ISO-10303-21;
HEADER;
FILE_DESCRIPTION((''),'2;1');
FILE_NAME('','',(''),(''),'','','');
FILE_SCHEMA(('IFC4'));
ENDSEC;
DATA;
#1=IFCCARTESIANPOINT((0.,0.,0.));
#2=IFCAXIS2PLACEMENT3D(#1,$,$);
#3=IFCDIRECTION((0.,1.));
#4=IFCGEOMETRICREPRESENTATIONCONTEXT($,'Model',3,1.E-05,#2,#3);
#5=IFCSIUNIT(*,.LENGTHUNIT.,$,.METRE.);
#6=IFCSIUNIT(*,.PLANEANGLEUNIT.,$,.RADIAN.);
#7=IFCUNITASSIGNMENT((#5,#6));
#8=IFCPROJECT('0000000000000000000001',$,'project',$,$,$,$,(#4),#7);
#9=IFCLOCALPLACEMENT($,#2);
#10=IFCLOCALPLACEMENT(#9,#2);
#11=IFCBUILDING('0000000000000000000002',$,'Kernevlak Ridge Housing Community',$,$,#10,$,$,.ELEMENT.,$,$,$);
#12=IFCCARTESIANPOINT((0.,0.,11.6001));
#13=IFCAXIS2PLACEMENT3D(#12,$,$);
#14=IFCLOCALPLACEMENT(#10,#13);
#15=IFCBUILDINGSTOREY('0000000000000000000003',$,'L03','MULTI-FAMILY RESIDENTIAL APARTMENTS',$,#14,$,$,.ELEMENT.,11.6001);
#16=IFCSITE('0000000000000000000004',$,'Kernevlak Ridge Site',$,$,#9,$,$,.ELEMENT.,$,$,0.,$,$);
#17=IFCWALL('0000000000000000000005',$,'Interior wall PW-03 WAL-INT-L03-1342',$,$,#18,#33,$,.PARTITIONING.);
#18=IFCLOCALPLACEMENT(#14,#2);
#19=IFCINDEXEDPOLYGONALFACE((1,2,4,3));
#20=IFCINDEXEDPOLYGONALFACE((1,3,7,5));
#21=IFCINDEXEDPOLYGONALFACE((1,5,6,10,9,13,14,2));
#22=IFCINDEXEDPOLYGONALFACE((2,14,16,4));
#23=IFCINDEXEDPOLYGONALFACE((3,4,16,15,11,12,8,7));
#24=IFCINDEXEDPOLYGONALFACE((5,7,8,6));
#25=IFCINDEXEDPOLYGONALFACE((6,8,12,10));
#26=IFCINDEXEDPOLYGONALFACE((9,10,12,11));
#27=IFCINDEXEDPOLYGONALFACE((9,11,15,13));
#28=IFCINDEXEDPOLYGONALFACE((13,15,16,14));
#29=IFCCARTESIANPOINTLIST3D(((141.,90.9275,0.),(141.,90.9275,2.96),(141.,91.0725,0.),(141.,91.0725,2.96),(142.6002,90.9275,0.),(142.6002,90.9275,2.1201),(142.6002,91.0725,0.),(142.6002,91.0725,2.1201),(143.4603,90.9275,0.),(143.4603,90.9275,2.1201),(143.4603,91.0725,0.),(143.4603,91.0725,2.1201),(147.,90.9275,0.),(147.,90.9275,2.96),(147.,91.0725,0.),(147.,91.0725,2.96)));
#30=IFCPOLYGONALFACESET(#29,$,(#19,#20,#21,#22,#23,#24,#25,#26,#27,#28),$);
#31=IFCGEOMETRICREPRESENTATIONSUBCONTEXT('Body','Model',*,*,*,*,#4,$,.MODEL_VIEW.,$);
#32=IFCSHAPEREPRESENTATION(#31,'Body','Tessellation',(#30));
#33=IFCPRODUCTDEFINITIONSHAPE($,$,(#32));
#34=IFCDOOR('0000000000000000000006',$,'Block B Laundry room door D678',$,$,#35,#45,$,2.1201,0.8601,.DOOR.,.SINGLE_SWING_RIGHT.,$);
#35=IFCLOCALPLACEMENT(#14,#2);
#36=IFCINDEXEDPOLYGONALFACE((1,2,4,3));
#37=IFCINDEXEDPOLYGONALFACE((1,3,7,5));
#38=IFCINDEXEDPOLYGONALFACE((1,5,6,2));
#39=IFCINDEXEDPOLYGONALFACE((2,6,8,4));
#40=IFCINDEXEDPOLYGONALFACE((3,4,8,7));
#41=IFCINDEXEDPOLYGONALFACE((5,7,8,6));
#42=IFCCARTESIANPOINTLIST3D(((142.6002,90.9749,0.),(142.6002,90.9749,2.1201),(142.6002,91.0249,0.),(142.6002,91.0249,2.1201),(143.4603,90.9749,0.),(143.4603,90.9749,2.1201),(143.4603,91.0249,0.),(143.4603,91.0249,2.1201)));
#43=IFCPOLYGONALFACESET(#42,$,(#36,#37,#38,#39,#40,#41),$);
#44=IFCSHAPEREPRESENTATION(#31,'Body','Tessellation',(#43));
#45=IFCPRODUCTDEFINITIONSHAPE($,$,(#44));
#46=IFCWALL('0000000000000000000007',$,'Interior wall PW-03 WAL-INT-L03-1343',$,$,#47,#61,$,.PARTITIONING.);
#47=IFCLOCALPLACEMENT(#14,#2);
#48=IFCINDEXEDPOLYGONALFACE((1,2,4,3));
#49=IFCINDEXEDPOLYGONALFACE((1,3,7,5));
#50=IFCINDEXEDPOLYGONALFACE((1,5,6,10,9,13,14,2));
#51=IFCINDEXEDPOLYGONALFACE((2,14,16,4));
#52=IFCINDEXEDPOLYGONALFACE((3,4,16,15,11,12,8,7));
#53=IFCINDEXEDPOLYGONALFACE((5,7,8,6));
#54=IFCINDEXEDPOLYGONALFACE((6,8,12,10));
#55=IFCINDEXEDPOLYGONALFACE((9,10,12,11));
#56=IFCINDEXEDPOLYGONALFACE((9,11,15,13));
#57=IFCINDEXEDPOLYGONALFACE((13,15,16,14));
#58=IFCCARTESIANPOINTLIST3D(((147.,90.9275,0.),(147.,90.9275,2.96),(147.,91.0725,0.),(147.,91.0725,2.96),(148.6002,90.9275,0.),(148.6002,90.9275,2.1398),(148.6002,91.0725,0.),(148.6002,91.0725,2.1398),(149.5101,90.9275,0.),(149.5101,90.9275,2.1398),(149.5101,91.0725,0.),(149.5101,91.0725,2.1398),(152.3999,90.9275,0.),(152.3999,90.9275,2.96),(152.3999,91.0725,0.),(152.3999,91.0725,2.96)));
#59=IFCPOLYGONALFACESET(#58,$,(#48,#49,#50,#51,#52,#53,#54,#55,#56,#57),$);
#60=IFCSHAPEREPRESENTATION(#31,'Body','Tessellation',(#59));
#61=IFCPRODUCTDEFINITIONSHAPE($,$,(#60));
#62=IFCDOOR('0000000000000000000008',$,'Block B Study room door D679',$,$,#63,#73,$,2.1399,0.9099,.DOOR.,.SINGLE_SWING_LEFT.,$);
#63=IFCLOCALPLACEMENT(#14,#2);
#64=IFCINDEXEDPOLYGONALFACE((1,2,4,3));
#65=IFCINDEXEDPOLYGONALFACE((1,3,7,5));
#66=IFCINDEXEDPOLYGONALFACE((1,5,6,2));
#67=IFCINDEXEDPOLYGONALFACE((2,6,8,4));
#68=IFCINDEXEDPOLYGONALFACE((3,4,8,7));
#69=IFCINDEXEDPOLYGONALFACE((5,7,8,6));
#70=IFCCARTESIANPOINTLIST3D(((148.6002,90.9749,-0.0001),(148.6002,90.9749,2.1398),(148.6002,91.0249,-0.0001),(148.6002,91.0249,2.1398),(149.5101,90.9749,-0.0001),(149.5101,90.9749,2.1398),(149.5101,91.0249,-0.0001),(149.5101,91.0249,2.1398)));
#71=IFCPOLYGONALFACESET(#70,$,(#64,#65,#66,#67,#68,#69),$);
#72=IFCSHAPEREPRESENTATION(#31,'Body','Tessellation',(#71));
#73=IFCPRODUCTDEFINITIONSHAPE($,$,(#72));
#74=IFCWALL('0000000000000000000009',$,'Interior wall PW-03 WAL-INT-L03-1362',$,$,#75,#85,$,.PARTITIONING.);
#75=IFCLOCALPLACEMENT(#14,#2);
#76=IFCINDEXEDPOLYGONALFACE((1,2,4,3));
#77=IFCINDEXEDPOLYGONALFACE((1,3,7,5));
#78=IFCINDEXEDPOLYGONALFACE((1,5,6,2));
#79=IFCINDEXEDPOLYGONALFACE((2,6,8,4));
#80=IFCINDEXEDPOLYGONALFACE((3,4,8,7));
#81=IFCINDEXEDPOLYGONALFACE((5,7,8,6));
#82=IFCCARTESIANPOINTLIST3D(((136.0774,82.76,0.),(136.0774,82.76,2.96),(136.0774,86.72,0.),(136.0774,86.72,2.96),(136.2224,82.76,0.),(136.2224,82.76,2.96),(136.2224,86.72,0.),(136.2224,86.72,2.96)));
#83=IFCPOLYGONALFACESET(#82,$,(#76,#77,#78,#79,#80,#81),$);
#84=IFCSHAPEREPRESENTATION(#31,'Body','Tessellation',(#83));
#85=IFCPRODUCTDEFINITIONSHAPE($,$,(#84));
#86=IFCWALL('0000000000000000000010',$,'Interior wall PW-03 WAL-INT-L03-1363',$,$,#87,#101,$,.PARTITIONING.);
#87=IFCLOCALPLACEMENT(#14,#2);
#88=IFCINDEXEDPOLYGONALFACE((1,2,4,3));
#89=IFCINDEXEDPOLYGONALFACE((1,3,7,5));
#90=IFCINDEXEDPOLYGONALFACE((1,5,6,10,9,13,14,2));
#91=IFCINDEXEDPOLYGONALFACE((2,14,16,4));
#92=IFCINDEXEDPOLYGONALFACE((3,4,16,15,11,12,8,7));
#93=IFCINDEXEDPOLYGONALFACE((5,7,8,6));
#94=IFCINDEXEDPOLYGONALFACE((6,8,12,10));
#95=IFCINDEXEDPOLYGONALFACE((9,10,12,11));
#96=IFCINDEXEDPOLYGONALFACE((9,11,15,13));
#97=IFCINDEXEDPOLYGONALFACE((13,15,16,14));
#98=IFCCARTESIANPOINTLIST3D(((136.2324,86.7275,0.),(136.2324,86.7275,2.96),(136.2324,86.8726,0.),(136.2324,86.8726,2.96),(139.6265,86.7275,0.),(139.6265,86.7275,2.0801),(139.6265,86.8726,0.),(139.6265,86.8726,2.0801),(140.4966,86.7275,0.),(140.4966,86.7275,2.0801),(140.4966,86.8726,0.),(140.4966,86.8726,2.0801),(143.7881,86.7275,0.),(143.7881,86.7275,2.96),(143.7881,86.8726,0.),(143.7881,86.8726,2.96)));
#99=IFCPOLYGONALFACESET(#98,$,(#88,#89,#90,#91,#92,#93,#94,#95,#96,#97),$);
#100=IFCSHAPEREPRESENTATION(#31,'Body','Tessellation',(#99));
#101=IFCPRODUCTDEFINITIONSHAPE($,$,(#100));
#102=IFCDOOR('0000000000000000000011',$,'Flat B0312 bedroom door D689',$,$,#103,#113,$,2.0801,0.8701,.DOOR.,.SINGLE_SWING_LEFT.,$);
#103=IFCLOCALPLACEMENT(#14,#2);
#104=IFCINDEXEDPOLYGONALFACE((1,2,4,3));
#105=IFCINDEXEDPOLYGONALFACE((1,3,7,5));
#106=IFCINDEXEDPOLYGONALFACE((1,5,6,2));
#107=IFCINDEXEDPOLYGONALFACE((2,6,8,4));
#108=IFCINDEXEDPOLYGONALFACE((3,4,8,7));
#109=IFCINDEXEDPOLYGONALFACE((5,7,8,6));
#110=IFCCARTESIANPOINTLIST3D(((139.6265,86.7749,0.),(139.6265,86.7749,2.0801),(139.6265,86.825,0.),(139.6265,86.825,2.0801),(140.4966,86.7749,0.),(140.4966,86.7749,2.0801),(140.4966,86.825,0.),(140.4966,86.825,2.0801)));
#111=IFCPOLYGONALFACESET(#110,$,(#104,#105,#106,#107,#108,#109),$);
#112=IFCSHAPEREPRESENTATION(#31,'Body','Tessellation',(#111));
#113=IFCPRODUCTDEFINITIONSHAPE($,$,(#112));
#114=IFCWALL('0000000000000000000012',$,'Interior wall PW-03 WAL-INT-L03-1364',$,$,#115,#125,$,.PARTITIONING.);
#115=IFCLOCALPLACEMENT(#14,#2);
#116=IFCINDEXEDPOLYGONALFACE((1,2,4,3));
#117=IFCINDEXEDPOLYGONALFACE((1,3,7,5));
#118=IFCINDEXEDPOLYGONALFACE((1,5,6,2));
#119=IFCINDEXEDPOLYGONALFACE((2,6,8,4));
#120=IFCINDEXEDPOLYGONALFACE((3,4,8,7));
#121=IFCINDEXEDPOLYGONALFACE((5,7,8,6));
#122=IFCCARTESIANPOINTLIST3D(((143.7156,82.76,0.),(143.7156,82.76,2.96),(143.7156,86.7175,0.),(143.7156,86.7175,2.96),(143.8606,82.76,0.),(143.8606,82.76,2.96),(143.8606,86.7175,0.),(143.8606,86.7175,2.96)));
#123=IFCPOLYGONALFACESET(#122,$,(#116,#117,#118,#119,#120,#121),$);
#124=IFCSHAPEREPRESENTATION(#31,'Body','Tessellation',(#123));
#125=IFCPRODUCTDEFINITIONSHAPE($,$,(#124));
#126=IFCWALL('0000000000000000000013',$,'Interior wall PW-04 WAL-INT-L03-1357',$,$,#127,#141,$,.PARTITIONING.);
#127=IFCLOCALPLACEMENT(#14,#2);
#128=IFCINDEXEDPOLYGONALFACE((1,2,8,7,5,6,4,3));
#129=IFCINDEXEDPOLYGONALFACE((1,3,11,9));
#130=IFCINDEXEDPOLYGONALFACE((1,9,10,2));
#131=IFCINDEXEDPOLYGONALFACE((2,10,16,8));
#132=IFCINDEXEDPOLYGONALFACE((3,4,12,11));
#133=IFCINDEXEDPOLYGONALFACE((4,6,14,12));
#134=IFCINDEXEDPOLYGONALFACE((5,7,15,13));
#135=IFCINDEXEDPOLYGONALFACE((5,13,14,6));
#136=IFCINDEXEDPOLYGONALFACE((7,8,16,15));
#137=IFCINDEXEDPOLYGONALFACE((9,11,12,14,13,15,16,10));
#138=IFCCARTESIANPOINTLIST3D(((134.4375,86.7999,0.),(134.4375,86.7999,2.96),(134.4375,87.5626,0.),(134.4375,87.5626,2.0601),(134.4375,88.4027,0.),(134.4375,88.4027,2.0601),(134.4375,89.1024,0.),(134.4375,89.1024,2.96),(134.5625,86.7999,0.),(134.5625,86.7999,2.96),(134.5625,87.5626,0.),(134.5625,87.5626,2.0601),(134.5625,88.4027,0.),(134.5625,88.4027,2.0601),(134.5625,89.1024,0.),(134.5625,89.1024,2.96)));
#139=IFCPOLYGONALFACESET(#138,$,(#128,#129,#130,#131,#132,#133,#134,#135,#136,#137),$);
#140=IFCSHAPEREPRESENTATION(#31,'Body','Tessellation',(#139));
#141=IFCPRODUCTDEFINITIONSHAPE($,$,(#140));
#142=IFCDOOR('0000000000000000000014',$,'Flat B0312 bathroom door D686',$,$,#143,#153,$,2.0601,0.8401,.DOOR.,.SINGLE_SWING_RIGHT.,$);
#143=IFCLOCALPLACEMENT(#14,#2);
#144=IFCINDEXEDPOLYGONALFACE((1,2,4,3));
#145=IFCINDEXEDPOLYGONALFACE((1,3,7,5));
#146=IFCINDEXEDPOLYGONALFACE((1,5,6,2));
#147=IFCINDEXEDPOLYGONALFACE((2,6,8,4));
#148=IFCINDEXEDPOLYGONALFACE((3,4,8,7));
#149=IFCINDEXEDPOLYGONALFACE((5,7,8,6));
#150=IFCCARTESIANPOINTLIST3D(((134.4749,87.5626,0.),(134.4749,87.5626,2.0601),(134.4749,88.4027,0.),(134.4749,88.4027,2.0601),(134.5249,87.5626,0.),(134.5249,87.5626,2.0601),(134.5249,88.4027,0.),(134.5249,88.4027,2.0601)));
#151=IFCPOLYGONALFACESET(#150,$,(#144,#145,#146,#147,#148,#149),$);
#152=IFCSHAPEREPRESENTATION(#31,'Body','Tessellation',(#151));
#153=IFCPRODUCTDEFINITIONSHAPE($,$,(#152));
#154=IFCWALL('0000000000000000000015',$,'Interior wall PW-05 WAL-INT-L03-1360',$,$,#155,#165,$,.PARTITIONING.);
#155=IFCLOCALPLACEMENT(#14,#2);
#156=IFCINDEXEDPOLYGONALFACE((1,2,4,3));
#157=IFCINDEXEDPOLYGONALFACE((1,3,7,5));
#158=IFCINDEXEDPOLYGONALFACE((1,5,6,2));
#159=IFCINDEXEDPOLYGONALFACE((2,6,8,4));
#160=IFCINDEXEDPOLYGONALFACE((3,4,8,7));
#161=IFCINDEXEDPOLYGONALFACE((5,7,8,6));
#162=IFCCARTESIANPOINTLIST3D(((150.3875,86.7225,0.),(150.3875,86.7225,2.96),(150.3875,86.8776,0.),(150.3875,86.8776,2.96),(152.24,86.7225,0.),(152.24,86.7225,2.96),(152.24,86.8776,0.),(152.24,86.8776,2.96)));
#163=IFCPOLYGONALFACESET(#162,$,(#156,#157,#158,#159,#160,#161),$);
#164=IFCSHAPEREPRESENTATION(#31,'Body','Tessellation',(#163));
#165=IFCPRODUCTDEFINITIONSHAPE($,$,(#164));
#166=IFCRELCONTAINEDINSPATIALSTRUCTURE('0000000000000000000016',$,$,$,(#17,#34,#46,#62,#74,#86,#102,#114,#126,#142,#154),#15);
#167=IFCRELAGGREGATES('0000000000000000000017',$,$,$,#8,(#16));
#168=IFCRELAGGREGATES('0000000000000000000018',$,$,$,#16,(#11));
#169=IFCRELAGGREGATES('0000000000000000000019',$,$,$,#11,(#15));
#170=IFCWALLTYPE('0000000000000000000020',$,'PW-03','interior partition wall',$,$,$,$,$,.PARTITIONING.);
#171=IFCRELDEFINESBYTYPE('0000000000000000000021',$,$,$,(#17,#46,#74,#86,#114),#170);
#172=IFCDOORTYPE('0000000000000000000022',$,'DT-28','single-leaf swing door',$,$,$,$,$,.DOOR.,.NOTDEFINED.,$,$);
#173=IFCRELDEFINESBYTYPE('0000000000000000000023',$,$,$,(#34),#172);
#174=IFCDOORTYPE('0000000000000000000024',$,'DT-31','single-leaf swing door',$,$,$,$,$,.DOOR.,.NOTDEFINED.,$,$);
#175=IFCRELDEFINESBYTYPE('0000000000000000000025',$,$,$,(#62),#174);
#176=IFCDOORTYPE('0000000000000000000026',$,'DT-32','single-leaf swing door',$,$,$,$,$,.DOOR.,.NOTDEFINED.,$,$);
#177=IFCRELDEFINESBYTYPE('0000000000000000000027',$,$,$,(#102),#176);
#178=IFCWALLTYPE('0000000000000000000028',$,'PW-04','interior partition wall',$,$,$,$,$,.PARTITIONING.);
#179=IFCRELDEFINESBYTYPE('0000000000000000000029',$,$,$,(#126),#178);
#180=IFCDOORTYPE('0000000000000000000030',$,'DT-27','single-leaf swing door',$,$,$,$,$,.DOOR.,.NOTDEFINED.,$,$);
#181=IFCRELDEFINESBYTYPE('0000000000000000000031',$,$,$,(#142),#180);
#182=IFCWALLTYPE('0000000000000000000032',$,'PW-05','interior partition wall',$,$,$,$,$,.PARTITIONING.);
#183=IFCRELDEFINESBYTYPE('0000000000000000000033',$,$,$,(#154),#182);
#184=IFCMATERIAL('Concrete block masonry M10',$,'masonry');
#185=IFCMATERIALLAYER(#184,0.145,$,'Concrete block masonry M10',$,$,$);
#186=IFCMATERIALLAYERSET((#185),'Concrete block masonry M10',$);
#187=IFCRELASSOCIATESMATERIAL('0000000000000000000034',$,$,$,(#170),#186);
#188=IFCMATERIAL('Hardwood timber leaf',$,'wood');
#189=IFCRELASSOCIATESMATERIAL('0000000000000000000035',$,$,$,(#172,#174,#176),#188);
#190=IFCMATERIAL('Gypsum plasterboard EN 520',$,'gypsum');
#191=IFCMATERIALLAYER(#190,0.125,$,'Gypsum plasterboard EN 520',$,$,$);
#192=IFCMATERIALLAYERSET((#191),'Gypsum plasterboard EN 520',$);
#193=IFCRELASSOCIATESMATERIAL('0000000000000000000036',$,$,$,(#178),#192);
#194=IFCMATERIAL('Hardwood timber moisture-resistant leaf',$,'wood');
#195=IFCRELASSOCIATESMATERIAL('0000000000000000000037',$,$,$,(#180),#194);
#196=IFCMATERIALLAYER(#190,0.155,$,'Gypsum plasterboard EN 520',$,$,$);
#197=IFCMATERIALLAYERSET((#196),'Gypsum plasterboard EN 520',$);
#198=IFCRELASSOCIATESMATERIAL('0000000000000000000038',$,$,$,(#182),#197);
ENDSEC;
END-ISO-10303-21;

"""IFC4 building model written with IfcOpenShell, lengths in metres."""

from ifc_helpers import new_model, si_unit, direction, frame, frame_2d, origin, place, context, subcontext, project, spatial, rectangle, extrude, material, layer, layer_set, type_object, element, fill, save


model = new_model("IFC4")

# Units and contexts
model_context = context("Model", 3, precision=1e-05, world=origin(), true_north=direction((0.0, 1.0)))
body_context = subcontext(model_context, "Body", "Model", "MODEL_VIEW")
ifc_project = project(units=[si_unit("LENGTHUNIT", "METRE"), si_unit("PLANEANGLEUNIT", "RADIAN")], contexts=[model_context])

# Site, building, storey
site_placement = place(None, origin())
site = spatial("IfcSite", under=ifc_project, at=site_placement, Name="Kernevlak Ridge Site", CompositionType="ELEMENT", RefElevation=0.0)
building_placement = place(site_placement, origin())
building = spatial("IfcBuilding", under=site, at=building_placement, Name="Kernevlak Ridge Housing Community", CompositionType="ELEMENT")
storey_placement = place(building_placement, frame((0.0, 0.0, 11.6001)))
storey = spatial("IfcBuildingStorey", under=building, at=storey_placement, Name="L03", Description="MULTI-FAMILY RESIDENTIAL APARTMENTS", CompositionType="ELEMENT", Elevation=11.6001)

# Shared definitions
ifc_material_1 = material(Name="Concrete block masonry M10", Category="masonry")

# Walls, openings, doors
ifc_layer_1 = layer(ifc_material_1, 0.145, Name="Concrete block masonry M10")
ifc_layer_set_1 = layer_set([ifc_layer_1], Name="Concrete block masonry M10")
wall_type_1 = type_object("IfcWallType", Name="PW-03", Description="interior partition wall", PredefinedType="PARTITIONING", material=ifc_layer_set_1)
wall_1_placement = place(storey_placement, frame((141.0, 91.0, 0.0), z_axis=(0.0, 0.0, 1.0), x_axis=(1.0, 0.0, 0.0)))
wall_1 = element("IfcWall", 1, at=wall_1_placement, inside=storey, type_object=wall_type_1, Name="Interior wall PW-03 WAL-INT-L03-1342", PredefinedType="PARTITIONING", context=body_context, shape_type="SweptSolid", body=[
    extrude(rectangle(XDim=6.0, YDim=0.145, at=frame_2d((3.0, 0.0))), origin(), (0.0, 0.0, 1.0), 2.96),
])
opening_1_placement = place(wall_1_placement, frame((1.6001, 0.0, 0.0)))
opening_1 = element("IfcOpeningElement", 2, at=opening_1_placement, cuts=wall_1, PredefinedType="OPENING", context=body_context, shape_type="SweptSolid", body=[
    extrude(rectangle(XDim=0.8601, YDim=2.1201, at=frame_2d((0.4302, 1.0601))), frame((0.0, 0.0825, 0.0), z_axis=(0.0, -1.0, 0.0), x_axis=(1.0, 0.0, 0.0)), (0.0, 0.0, 1.0), 0.165),
])
ifc_material_2 = material(Name="Hardwood timber leaf", Category="wood")
door_type_1 = type_object("IfcDoorType", Name="DT-28", Description="single-leaf swing door", OperationType="NOTDEFINED", PredefinedType="DOOR", material=ifc_material_2)
door_1_placement = place(opening_1_placement, origin())
door_1 = element("IfcDoor", 3, at=door_1_placement, inside=storey, type_object=door_type_1, Name="Block B Laundry room door D678", OperationType="SINGLE_SWING_RIGHT", OverallHeight=2.1201, OverallWidth=0.8601, PredefinedType="DOOR", context=body_context, shape_type="SweptSolid", body=[
    extrude(rectangle(XDim=0.8601, YDim=2.1201, at=frame_2d((0.4302, 1.0601))), frame((0.0, 0.0249, 0.0), z_axis=(0.0, -1.0, 0.0), x_axis=(1.0, 0.0, 0.0)), (0.0, 0.0, 1.0), 0.05),
])
fill(opening_1, door_1)
wall_2_placement = place(storey_placement, frame((147.0, 91.0, 0.0), z_axis=(0.0, 0.0, 1.0), x_axis=(1.0, 0.0, 0.0)))
wall_2 = element("IfcWall", 4, at=wall_2_placement, inside=storey, type_object=wall_type_1, Name="Interior wall PW-03 WAL-INT-L03-1343", PredefinedType="PARTITIONING", context=body_context, shape_type="SweptSolid", body=[
    extrude(rectangle(XDim=5.3999, YDim=0.145, at=frame_2d((2.7, 0.0))), origin(), (0.0, 0.0, 1.0), 2.96),
])
opening_2_placement = place(wall_2_placement, frame((1.6001, 0.0, 0.0)))
opening_2 = element("IfcOpeningElement", 5, at=opening_2_placement, cuts=wall_2, PredefinedType="OPENING", context=body_context, shape_type="SweptSolid", body=[
    extrude(rectangle(XDim=0.9099, YDim=2.1399, at=frame_2d((0.4551, 1.0698))), frame((0.0, 0.0825, 0.0), z_axis=(0.0, -1.0, 0.0), x_axis=(1.0, 0.0, 0.0)), (0.0, 0.0, 1.0), 0.165),
])
door_type_2 = type_object("IfcDoorType", Name="DT-31", Description="single-leaf swing door", OperationType="NOTDEFINED", PredefinedType="DOOR", material=ifc_material_2)
door_2_placement = place(opening_2_placement, origin())
door_2 = element("IfcDoor", 6, at=door_2_placement, inside=storey, type_object=door_type_2, Name="Block B Study room door D679", OperationType="SINGLE_SWING_LEFT", OverallHeight=2.1399, OverallWidth=0.9099, PredefinedType="DOOR", context=body_context, shape_type="SweptSolid", body=[
    extrude(rectangle(XDim=0.9099, YDim=2.1399, at=frame_2d((0.4551, 1.0698))), frame((0.0, 0.0249, 0.0), z_axis=(0.0, -1.0, 0.0), x_axis=(1.0, 0.0, 0.0)), (0.0, 0.0, 1.0), 0.05),
])
fill(opening_2, door_2)

# Wall
wall_3_placement = place(storey_placement, frame((136.1499, 86.72, 0.0), z_axis=(0.0, 0.0, 1.0), x_axis=(0.0, -1.0, 0.0)))
element("IfcWall", 7, at=wall_3_placement, inside=storey, type_object=wall_type_1, Name="Interior wall PW-03 WAL-INT-L03-1362", PredefinedType="PARTITIONING", context=body_context, shape_type="SweptSolid", body=[
    extrude(rectangle(XDim=3.96, YDim=0.145, at=frame_2d((1.98, 0.0))), origin(), (0.0, 0.0, 1.0), 2.96),
])

# Wall, opening, door
wall_4_placement = place(storey_placement, frame((136.2324, 86.8, 0.0), z_axis=(0.0, 0.0, 1.0), x_axis=(1.0, 0.0, 0.0)))
wall_4 = element("IfcWall", 8, at=wall_4_placement, inside=storey, type_object=wall_type_1, Name="Interior wall PW-03 WAL-INT-L03-1363", PredefinedType="PARTITIONING", context=body_context, shape_type="SweptSolid", body=[
    extrude(rectangle(XDim=7.5557, YDim=0.145, at=frame_2d((3.7778, 0.0))), origin(), (0.0, 0.0, 1.0), 2.96),
])
opening_3_placement = place(wall_4_placement, frame((3.394, 0.0, 0.0)))
opening_3 = element("IfcOpeningElement", 9, at=opening_3_placement, cuts=wall_4, PredefinedType="OPENING", context=body_context, shape_type="SweptSolid", body=[
    extrude(rectangle(XDim=0.8701, YDim=2.0801, at=frame_2d((0.4351, 1.04))), frame((0.0, 0.0825, 0.0), z_axis=(0.0, -1.0, 0.0), x_axis=(1.0, 0.0, 0.0)), (0.0, 0.0, 1.0), 0.165),
])
door_type_3 = type_object("IfcDoorType", Name="DT-32", Description="single-leaf swing door", OperationType="NOTDEFINED", PredefinedType="DOOR", material=ifc_material_2)
door_3_placement = place(opening_3_placement, origin())
door_3 = element("IfcDoor", 10, at=door_3_placement, inside=storey, type_object=door_type_3, Name="Flat B0312 bedroom door D689", OperationType="SINGLE_SWING_LEFT", OverallHeight=2.0801, OverallWidth=0.8701, PredefinedType="DOOR", context=body_context, shape_type="SweptSolid", body=[
    extrude(rectangle(XDim=0.8701, YDim=2.0801, at=frame_2d((0.4351, 1.04))), frame((0.0, 0.0249, 0.0), z_axis=(0.0, -1.0, 0.0), x_axis=(1.0, 0.0, 0.0)), (0.0, 0.0, 1.0), 0.05),
])
fill(opening_3, door_3)

# Wall
wall_5_placement = place(storey_placement, frame((143.7881, 86.7175, 0.0), z_axis=(0.0, 0.0, 1.0), x_axis=(0.0, -1.0, 0.0)))
element("IfcWall", 11, at=wall_5_placement, inside=storey, type_object=wall_type_1, Name="Interior wall PW-03 WAL-INT-L03-1364", PredefinedType="PARTITIONING", context=body_context, shape_type="SweptSolid", body=[
    extrude(rectangle(XDim=3.9575, YDim=0.145, at=frame_2d((1.9788, 0.0))), origin(), (0.0, 0.0, 1.0), 2.96),
])

# Wall, opening, door
ifc_material_3 = material(Name="Gypsum plasterboard EN 520", Category="gypsum")
ifc_layer_2 = layer(ifc_material_3, 0.125, Name="Gypsum plasterboard EN 520")
ifc_layer_set_2 = layer_set([ifc_layer_2], Name="Gypsum plasterboard EN 520")
wall_type_2 = type_object("IfcWallType", Name="PW-04", Description="interior partition wall", PredefinedType="PARTITIONING", material=ifc_layer_set_2)
wall_6_placement = place(storey_placement, frame((134.5, 89.1025, 0.0), z_axis=(0.0, 0.0, 1.0), x_axis=(0.0, -1.0, 0.0)))
wall_6 = element("IfcWall", 12, at=wall_6_placement, inside=storey, type_object=wall_type_2, Name="Interior wall PW-04 WAL-INT-L03-1357", PredefinedType="PARTITIONING", context=body_context, shape_type="SweptSolid", body=[
    extrude(rectangle(XDim=2.3025, YDim=0.125, at=frame_2d((1.1514, 0.0))), origin(), (0.0, 0.0, 1.0), 2.96),
])
opening_4_placement = place(wall_6_placement, frame((0.7, 0.0, 0.0)))
opening_4 = element("IfcOpeningElement", 13, at=opening_4_placement, cuts=wall_6, PredefinedType="OPENING", context=body_context, shape_type="SweptSolid", body=[
    extrude(rectangle(XDim=0.8401, YDim=2.0601, at=frame_2d((0.4199, 1.03))), frame((0.0, 0.0725, 0.0), z_axis=(0.0, -1.0, 0.0), x_axis=(1.0, 0.0, 0.0)), (0.0, 0.0, 1.0), 0.145),
])
ifc_material_4 = material(Name="Hardwood timber moisture-resistant leaf", Category="wood")
door_type_4 = type_object("IfcDoorType", Name="DT-27", Description="single-leaf swing door", OperationType="NOTDEFINED", PredefinedType="DOOR", material=ifc_material_4)
door_4_placement = place(opening_4_placement, origin())
door_4 = element("IfcDoor", 14, at=door_4_placement, inside=storey, type_object=door_type_4, Name="Flat B0312 bathroom door D686", OperationType="SINGLE_SWING_RIGHT", OverallHeight=2.0601, OverallWidth=0.8401, PredefinedType="DOOR", context=body_context, shape_type="SweptSolid", body=[
    extrude(rectangle(XDim=0.8401, YDim=2.0601, at=frame_2d((0.4199, 1.03))), frame((0.0, 0.0249, 0.0), z_axis=(0.0, -1.0, 0.0), x_axis=(1.0, 0.0, 0.0)), (0.0, 0.0, 1.0), 0.05),
])
fill(opening_4, door_4)
ifc_layer_3 = layer(ifc_material_3, 0.155, Name="Gypsum plasterboard EN 520")
ifc_layer_set_3 = layer_set([ifc_layer_3], Name="Gypsum plasterboard EN 520")
wall_type_3 = type_object("IfcWallType", Name="PW-05", Description="interior partition wall", PredefinedType="PARTITIONING", material=ifc_layer_set_3)

# Wall
wall_7_placement = place(storey_placement, frame((150.3875, 86.8, 0.0), z_axis=(0.0, 0.0, 1.0), x_axis=(1.0, 0.0, 0.0)))
element("IfcWall", 15, at=wall_7_placement, inside=storey, type_object=wall_type_3, Name="Interior wall PW-05 WAL-INT-L03-1360", PredefinedType="PARTITIONING", context=body_context, shape_type="SweptSolid", body=[
    extrude(rectangle(XDim=1.8525, YDim=0.155, at=frame_2d((0.9263, 0.0))), origin(), (0.0, 0.0, 1.0), 2.96),
])

save(model, "model.ifc")
